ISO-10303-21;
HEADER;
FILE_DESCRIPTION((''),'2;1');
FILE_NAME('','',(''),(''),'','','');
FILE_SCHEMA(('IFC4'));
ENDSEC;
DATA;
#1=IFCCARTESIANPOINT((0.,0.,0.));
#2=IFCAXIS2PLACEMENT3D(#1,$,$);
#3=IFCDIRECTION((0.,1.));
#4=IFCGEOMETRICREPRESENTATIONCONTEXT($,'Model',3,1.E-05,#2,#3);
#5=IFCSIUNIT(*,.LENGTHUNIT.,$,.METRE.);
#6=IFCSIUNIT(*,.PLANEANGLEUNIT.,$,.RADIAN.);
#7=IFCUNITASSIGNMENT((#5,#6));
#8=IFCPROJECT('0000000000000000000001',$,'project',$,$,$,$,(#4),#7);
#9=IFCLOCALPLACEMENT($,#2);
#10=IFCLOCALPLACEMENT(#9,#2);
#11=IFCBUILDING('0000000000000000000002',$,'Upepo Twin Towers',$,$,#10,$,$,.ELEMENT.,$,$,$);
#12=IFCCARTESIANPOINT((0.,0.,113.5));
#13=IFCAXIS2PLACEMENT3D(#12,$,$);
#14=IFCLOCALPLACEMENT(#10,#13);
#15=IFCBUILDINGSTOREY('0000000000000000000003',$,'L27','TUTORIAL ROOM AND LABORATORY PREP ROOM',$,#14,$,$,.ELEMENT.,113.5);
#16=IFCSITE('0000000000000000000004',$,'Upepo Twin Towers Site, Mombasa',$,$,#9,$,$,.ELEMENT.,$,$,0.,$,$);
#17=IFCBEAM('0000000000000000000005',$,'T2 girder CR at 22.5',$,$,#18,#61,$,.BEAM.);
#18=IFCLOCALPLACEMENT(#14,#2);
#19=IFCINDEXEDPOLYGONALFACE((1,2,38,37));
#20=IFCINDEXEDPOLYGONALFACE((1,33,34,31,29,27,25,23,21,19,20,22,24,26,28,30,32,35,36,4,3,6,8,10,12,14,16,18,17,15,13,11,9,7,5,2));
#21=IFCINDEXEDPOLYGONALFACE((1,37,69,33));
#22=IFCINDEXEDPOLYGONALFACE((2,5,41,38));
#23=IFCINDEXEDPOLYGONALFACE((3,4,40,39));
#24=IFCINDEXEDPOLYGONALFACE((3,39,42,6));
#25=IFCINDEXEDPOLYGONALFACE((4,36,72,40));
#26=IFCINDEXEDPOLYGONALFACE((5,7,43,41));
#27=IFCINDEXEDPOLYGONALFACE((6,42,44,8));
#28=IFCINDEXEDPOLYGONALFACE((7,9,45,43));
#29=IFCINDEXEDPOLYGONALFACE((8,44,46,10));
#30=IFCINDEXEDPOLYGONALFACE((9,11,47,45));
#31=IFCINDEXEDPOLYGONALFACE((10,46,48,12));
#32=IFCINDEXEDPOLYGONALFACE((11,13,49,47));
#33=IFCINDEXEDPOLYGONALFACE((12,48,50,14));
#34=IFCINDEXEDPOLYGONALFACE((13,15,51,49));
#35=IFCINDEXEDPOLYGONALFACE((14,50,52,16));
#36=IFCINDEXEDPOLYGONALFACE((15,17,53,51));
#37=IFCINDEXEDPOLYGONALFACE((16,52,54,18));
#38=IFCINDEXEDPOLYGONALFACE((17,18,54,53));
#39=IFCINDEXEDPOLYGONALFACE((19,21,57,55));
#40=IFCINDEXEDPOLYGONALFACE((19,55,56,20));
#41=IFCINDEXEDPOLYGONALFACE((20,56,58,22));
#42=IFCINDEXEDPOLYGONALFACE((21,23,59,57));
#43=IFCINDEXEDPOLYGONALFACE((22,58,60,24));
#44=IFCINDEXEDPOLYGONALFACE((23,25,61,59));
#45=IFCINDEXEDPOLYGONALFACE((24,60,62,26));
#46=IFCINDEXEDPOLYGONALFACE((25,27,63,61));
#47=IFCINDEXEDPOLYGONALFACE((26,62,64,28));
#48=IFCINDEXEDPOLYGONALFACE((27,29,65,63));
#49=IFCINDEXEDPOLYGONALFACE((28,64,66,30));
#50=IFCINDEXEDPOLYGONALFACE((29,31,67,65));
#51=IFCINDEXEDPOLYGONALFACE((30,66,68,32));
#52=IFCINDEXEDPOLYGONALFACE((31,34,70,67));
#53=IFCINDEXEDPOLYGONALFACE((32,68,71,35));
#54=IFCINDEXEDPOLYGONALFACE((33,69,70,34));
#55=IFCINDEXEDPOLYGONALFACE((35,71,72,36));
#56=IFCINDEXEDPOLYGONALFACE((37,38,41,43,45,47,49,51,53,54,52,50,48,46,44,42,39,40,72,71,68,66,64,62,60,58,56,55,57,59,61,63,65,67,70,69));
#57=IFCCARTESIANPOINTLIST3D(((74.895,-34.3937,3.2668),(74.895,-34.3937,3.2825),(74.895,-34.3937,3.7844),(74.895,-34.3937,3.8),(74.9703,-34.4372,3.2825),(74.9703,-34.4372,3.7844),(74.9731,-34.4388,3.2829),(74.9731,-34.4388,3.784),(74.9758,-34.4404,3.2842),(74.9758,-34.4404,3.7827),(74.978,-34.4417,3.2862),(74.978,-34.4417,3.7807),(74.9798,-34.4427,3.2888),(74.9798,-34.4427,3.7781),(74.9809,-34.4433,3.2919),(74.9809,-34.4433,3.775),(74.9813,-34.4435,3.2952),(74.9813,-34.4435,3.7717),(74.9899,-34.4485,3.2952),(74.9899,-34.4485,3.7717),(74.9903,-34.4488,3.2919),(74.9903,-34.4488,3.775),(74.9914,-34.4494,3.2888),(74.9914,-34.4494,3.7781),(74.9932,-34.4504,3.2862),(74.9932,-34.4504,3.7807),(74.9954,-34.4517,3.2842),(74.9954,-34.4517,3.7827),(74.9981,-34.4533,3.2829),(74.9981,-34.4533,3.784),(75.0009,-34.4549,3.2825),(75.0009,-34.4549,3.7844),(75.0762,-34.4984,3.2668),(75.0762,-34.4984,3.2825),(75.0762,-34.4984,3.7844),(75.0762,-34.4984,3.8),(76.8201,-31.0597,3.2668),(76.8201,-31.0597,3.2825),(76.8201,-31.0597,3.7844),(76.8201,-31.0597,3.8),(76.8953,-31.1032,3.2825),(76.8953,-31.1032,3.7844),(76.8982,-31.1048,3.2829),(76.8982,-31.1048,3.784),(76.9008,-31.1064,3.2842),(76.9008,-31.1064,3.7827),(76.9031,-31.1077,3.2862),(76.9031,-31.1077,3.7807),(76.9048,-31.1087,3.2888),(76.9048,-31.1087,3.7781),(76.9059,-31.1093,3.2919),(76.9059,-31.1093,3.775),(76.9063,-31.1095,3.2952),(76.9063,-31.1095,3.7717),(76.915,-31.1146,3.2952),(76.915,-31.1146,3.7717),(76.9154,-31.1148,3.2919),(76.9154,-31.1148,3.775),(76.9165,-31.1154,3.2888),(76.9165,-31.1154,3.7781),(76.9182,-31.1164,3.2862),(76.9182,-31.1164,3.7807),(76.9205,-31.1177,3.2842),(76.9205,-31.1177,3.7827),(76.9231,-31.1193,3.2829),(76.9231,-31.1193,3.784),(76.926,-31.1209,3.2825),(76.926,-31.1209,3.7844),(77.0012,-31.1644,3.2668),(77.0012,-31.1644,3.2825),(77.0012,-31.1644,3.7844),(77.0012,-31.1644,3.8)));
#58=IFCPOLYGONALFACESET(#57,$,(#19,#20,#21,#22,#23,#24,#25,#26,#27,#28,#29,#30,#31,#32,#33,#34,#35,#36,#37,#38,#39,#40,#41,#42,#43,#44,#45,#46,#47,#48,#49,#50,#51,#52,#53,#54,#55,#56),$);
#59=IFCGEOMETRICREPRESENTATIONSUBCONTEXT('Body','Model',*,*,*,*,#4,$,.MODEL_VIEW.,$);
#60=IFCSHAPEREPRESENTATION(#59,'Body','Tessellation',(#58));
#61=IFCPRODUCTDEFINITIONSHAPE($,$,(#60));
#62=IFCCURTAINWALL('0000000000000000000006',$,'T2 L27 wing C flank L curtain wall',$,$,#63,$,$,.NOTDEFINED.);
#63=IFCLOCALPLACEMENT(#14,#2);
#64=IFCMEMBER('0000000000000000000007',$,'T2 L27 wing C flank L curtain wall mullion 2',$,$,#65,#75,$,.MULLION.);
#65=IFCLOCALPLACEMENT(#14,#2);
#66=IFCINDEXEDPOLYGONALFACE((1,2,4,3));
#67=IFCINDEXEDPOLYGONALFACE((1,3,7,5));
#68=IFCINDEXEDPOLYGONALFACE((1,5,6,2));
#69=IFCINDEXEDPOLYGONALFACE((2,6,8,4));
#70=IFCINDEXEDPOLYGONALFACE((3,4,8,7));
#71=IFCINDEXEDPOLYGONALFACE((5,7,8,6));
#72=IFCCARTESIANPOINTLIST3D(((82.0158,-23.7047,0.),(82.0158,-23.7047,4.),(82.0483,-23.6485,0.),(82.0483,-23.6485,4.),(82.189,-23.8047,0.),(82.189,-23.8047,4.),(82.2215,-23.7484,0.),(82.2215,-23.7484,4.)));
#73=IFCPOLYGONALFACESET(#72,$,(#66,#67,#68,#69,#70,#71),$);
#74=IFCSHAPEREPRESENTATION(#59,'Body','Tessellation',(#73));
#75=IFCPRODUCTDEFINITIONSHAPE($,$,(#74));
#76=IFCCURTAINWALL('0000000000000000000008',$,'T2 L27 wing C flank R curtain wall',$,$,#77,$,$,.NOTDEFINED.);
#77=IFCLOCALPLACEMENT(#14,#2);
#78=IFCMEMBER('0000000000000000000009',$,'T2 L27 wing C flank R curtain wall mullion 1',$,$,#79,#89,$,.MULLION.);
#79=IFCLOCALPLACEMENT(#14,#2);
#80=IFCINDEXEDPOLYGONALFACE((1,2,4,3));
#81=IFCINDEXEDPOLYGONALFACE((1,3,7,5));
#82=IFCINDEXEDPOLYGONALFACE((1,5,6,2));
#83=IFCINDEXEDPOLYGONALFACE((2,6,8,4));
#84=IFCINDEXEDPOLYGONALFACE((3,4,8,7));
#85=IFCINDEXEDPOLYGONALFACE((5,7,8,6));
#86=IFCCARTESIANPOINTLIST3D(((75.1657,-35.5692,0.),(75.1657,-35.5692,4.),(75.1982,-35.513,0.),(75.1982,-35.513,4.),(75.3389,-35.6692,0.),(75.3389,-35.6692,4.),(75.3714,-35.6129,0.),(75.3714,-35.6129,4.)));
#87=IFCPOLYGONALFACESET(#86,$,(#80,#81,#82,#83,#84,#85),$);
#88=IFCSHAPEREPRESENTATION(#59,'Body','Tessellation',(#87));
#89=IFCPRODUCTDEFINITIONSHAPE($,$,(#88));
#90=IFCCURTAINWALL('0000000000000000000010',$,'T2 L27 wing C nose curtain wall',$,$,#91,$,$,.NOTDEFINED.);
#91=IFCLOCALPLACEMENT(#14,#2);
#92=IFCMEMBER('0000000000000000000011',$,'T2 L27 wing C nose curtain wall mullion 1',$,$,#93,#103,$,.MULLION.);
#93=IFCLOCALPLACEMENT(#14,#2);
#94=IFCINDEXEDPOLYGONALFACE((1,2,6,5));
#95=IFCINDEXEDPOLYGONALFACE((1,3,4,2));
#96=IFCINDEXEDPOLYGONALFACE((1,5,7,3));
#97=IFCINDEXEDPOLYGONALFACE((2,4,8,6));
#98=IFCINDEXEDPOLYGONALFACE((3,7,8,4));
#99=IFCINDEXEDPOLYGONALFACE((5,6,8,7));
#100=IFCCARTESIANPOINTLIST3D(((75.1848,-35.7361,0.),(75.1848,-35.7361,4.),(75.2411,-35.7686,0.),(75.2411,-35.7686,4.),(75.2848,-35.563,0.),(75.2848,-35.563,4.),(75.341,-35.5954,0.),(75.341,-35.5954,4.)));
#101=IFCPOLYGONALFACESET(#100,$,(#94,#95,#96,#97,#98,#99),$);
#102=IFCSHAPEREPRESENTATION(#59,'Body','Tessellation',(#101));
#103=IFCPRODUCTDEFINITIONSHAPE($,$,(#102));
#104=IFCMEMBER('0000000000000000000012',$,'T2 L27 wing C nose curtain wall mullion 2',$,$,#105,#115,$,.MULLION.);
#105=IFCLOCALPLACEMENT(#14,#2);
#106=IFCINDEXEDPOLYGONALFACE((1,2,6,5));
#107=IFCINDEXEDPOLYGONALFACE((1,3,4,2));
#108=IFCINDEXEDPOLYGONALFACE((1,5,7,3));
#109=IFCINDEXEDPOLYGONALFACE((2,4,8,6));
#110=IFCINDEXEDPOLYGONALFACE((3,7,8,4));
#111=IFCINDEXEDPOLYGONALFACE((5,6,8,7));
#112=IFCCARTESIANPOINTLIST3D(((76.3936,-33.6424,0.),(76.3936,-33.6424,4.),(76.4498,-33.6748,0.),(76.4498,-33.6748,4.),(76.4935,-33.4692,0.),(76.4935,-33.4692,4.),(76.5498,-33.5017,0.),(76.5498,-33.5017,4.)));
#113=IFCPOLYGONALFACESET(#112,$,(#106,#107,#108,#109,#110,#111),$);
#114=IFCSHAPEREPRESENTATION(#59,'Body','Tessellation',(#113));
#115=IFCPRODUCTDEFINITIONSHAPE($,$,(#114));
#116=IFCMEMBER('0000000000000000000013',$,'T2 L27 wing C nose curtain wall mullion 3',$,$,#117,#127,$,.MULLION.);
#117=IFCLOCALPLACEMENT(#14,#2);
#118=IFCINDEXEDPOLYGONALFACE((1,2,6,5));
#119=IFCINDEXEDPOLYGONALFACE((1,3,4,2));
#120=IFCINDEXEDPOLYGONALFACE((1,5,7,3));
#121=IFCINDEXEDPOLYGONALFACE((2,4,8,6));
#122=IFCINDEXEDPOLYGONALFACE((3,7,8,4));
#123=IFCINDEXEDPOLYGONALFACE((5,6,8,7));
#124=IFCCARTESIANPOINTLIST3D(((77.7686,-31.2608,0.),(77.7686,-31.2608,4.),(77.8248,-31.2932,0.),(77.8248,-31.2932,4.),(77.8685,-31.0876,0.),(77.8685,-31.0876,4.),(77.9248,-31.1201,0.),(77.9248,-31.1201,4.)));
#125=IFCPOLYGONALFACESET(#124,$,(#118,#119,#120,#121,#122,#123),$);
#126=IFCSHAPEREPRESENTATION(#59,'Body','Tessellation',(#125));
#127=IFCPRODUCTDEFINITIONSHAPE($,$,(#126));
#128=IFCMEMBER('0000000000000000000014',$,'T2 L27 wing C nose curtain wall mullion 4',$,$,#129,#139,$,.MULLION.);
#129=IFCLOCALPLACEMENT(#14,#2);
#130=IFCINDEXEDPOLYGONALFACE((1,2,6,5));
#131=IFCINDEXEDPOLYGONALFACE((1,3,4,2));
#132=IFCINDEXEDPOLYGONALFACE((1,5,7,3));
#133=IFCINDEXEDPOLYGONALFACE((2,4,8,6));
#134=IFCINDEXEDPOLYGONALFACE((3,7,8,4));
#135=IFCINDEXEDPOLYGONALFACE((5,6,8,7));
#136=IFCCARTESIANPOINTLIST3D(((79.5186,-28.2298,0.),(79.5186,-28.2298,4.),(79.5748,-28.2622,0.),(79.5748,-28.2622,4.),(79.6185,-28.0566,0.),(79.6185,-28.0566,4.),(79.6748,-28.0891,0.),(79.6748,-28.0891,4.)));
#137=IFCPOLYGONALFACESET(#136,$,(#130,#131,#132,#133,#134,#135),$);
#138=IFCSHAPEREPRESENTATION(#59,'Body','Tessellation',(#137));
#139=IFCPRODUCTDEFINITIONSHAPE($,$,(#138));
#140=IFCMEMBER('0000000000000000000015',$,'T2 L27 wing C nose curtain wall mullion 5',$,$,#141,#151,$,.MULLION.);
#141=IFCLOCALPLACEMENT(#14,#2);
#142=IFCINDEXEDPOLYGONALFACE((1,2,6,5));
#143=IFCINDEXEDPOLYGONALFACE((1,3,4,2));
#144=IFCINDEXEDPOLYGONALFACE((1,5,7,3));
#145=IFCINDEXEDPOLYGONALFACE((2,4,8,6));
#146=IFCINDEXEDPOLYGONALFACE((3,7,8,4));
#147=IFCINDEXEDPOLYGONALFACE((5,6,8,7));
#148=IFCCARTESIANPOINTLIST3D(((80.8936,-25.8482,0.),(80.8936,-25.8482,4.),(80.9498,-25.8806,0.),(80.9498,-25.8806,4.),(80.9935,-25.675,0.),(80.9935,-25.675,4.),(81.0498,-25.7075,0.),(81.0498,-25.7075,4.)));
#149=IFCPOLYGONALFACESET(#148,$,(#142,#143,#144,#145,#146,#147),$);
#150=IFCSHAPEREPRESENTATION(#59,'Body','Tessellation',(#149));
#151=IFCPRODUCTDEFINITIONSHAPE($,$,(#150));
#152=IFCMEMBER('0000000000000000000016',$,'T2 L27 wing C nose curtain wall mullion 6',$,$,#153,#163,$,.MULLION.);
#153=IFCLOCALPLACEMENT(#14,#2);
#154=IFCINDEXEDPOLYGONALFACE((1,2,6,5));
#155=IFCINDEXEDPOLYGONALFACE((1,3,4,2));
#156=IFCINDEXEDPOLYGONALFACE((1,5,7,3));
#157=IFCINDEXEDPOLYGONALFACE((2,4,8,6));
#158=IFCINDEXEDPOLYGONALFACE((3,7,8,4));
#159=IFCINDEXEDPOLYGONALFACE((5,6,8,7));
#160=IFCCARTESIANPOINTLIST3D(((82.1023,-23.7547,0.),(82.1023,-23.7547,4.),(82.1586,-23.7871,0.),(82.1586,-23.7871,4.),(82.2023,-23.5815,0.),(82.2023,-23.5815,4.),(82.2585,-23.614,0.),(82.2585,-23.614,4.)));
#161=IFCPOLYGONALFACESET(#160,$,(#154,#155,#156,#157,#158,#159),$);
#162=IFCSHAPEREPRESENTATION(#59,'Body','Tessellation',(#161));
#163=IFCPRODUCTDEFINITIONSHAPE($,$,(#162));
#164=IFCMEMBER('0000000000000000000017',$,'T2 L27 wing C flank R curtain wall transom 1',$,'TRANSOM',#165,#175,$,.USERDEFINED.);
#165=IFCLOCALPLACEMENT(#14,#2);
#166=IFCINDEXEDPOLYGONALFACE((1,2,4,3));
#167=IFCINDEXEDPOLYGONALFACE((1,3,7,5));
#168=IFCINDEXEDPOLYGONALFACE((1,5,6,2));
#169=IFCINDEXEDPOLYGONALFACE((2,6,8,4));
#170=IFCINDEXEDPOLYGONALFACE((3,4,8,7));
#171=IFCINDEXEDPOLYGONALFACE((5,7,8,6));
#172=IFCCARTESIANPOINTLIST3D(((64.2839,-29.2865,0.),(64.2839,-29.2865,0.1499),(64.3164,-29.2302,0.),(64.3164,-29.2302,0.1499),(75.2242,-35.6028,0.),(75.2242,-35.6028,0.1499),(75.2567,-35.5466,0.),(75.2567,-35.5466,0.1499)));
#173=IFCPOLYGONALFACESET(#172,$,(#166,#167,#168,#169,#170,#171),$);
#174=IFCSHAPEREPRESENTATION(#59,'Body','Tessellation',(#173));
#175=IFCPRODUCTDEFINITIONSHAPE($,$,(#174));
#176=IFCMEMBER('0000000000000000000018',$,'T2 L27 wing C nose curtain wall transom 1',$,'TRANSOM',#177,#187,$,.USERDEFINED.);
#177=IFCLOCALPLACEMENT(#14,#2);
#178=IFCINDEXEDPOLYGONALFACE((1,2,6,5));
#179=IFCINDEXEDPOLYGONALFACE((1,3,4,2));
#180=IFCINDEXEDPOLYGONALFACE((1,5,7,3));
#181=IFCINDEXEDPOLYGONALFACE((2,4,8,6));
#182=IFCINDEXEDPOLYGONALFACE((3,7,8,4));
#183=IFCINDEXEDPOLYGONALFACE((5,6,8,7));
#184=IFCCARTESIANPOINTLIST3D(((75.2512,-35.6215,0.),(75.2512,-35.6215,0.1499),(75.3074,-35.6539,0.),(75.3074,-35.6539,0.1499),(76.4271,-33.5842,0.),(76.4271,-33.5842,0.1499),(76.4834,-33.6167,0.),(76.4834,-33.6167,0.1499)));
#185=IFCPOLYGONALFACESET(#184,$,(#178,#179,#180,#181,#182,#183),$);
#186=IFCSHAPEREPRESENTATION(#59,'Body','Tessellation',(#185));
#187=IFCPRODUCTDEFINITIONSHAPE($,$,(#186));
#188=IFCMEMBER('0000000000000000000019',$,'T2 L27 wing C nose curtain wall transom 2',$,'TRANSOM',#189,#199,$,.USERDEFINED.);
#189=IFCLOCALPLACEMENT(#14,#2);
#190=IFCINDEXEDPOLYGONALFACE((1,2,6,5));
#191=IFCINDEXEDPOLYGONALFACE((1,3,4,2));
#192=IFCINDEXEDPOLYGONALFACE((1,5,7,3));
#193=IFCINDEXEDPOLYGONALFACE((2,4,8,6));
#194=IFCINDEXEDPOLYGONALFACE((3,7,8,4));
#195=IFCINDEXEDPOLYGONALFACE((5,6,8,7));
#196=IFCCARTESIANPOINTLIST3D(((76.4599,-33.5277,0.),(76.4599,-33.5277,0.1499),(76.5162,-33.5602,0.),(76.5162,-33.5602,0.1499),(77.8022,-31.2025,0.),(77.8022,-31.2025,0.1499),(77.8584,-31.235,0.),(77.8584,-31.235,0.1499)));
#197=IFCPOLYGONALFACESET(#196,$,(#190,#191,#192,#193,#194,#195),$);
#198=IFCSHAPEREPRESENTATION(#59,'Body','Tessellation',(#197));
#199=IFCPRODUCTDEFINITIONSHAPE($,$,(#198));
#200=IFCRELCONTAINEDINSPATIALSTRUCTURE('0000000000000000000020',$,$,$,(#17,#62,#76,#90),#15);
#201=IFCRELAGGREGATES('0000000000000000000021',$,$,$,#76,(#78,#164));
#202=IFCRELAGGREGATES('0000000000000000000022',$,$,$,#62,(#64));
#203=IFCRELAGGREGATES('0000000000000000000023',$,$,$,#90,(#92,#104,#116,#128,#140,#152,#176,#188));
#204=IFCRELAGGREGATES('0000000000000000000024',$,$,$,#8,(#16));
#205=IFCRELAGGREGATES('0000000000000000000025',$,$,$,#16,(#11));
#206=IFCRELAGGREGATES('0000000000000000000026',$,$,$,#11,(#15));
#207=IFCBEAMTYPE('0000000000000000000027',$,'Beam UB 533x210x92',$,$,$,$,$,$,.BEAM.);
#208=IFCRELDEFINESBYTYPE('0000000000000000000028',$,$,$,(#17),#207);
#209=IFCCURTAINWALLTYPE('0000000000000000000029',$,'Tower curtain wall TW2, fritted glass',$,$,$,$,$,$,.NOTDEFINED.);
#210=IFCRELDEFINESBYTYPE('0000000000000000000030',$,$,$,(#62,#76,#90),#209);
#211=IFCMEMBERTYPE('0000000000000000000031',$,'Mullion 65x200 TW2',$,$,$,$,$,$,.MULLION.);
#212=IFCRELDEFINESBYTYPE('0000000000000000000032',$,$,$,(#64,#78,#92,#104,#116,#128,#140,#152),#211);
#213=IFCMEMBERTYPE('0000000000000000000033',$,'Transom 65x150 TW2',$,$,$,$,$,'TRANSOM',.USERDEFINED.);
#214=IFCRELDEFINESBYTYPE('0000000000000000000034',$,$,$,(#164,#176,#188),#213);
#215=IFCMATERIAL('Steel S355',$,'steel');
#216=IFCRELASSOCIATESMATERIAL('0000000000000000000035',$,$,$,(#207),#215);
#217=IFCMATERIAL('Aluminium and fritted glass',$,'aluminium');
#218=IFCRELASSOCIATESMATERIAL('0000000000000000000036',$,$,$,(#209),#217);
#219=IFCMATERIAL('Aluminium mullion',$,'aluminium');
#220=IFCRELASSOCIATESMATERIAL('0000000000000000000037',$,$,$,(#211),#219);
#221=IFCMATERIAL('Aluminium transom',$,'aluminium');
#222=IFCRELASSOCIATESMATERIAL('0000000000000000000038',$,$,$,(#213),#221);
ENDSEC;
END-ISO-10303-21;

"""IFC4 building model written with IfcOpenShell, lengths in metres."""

from ifc_helpers import new_model, si_unit, direction, frame, origin, origin_2d, place, context, subcontext, project, spatial, rectangle, i_section, extrude, material, material_profile, profile_set, type_object, element, aggregate, save


model = new_model("IFC4")

# Units and contexts
model_context = context("Model", 3, precision=1e-05, world=origin(), true_north=direction((0.0, 1.0)))
body_context = subcontext(model_context, "Body", "Model", "MODEL_VIEW")
ifc_project = project(units=[si_unit("LENGTHUNIT", "METRE"), si_unit("PLANEANGLEUNIT", "RADIAN")], contexts=[model_context])

# Site, building, storey
site_placement = place(None, origin())
site = spatial("IfcSite", under=ifc_project, at=site_placement, Name="Upepo Twin Towers Site, Mombasa", CompositionType="ELEMENT", RefElevation=0.0)
building_placement = place(site_placement, origin())
building = spatial("IfcBuilding", under=site, at=building_placement, Name="Upepo Twin Towers", CompositionType="ELEMENT")
storey_placement = place(building_placement, frame((0.0, 0.0, 113.5)))
storey = spatial("IfcBuildingStorey", under=building, at=storey_placement, Name="L27", Description="TUTORIAL ROOM AND LABORATORY PREP ROOM", CompositionType="ELEMENT", Elevation=113.5)

# Beam
ifc_material_1 = material(Name="Steel S355", Category="steel")
ifc_material_profile_1 = material_profile(ifc_material_1, i_section(OverallWidth=0.2092, OverallDepth=0.5332, WebThickness=0.01, FlangeThickness=0.0156, FilletRadius=0.0127, at=origin_2d()), Name="UB 533x210x92")
ifc_profile_set_1 = profile_set([ifc_material_profile_1], Name="Steel S355")
beam_type_1 = type_object("IfcBeamType", Name="Beam UB 533x210x92", PredefinedType="BEAM", material=ifc_profile_set_1)
for number, where, z_axis, x_axis, name in (
    (1, (74.9856, -34.446, 3.5334), (0.500034, 0.866006, 0.0), (-0.866006, 0.500034, 0.0), "T2 girder CR at 22.5"),
):
    element("IfcBeam", number, at=place(storey_placement, frame(where, z_axis=z_axis, x_axis=x_axis)), inside=storey, type_object=beam_type_1, Name=name, PredefinedType="BEAM", context=body_context, shape_type="SweptSolid", body=[
        extrude(i_section(OverallWidth=0.2092, OverallDepth=0.5332, WebThickness=0.01, FlangeThickness=0.0156, FilletRadius=0.0127, at=origin_2d()), origin(), (0.0, 0.0, 1.0), 3.8499),
    ])

# Curtain walls, members
ifc_material_2 = material(Name="Aluminium and fritted glass", Category="aluminium")
curtain_wall_type = type_object("IfcCurtainWallType", Name="Tower curtain wall TW2, fritted glass", PredefinedType="NOTDEFINED", material=ifc_material_2)
curtain_wall_1_placement = place(storey_placement, origin())
curtain_wall_1 = element("IfcCurtainWall", 2, at=curtain_wall_1_placement, inside=storey, type_object=curtain_wall_type, Name="T2 L27 wing C flank L curtain wall", PredefinedType="NOTDEFINED")
ifc_material_3 = material(Name="Aluminium mullion", Category="aluminium")
ifc_material_profile_2 = material_profile(ifc_material_3, rectangle(XDim=0.0649, YDim=0.2, at=origin_2d()), Name="MULLION 65x200")
ifc_profile_set_2 = profile_set([ifc_material_profile_2], Name="Aluminium mullion")
member_type_1 = type_object("IfcMemberType", Name="Mullion 65x200 TW2", PredefinedType="MULLION", material=ifc_profile_set_2)
member_1_placement = place(storey_placement, frame((82.1187, -23.7266, 0.0), z_axis=(0.0, 0.0, 1.0), x_axis=(0.5, 0.866025, 0.0)))
member_1 = element("IfcMember", 3, at=member_1_placement, type_object=member_type_1, Name="T2 L27 wing C flank L curtain wall mullion 2", PredefinedType="MULLION", context=body_context, shape_type="SweptSolid", body=[
    extrude(rectangle(XDim=0.0649, YDim=0.2, at=origin_2d()), origin(), (0.0, 0.0, 1.0), 4.0),
])
curtain_wall_2_placement = place(storey_placement, origin())
curtain_wall_2 = element("IfcCurtainWall", 4, at=curtain_wall_2_placement, inside=storey, type_object=curtain_wall_type, Name="T2 L27 wing C flank R curtain wall", PredefinedType="NOTDEFINED")
member_2_placement = place(storey_placement, frame((75.2686, -35.5911, 0.0), z_axis=(0.0, 0.0, 1.0), x_axis=(-0.5, -0.866025, 0.0)))
member_2 = element("IfcMember", 5, at=member_2_placement, type_object=member_type_1, Name="T2 L27 wing C flank R curtain wall mullion 1", PredefinedType="MULLION", context=body_context, shape_type="SweptSolid", body=[
    extrude(rectangle(XDim=0.0649, YDim=0.2, at=origin_2d()), origin(), (0.0, 0.0, 1.0), 4.0),
])

# Curtain wall, members
curtain_wall_3_placement = place(storey_placement, origin())
curtain_wall_3 = element("IfcCurtainWall", 6, at=curtain_wall_3_placement, inside=storey, type_object=curtain_wall_type, Name="T2 L27 wing C nose curtain wall", PredefinedType="NOTDEFINED")
member_3_placement = place(storey_placement, frame((75.2629, -35.6658, 0.0), z_axis=(0.0, 0.0, 1.0), x_axis=(-0.866025, 0.5, 0.0)))
member_3 = element("IfcMember", 7, at=member_3_placement, type_object=member_type_1, Name="T2 L27 wing C nose curtain wall mullion 1", PredefinedType="MULLION", context=body_context, shape_type="SweptSolid", body=[
    extrude(rectangle(XDim=0.0649, YDim=0.2, at=origin_2d()), origin(), (0.0, 0.0, 1.0), 4.0),
])
member_4_placement = place(storey_placement, frame((76.4717, -33.572, 0.0), z_axis=(0.0, 0.0, 1.0), x_axis=(-0.866025, 0.5, 0.0)))
member_4 = element("IfcMember", 8, at=member_4_placement, type_object=member_type_1, Name="T2 L27 wing C nose curtain wall mullion 2", PredefinedType="MULLION", context=body_context, shape_type="SweptSolid", body=[
    extrude(rectangle(XDim=0.0649, YDim=0.2, at=origin_2d()), origin(), (0.0, 0.0, 1.0), 4.0),
])
member_5_placement = place(storey_placement, frame((77.8467, -31.1904, 0.0), z_axis=(0.0, 0.0, 1.0), x_axis=(-0.866025, 0.5, 0.0)))
member_5 = element("IfcMember", 9, at=member_5_placement, type_object=member_type_1, Name="T2 L27 wing C nose curtain wall mullion 3", PredefinedType="MULLION", context=body_context, shape_type="SweptSolid", body=[
    extrude(rectangle(XDim=0.0649, YDim=0.2, at=origin_2d()), origin(), (0.0, 0.0, 1.0), 4.0),
])
member_6_placement = place(storey_placement, frame((79.5967, -28.1594, 0.0), z_axis=(0.0, 0.0, 1.0), x_axis=(-0.866025, 0.5, 0.0)))
member_6 = element("IfcMember", 10, at=member_6_placement, type_object=member_type_1, Name="T2 L27 wing C nose curtain wall mullion 4", PredefinedType="MULLION", context=body_context, shape_type="SweptSolid", body=[
    extrude(rectangle(XDim=0.0649, YDim=0.2, at=origin_2d()), origin(), (0.0, 0.0, 1.0), 4.0),
])
member_7_placement = place(storey_placement, frame((80.9717, -25.7778, 0.0), z_axis=(0.0, 0.0, 1.0), x_axis=(-0.866025, 0.5, 0.0)))
member_7 = element("IfcMember", 11, at=member_7_placement, type_object=member_type_1, Name="T2 L27 wing C nose curtain wall mullion 5", PredefinedType="MULLION", context=body_context, shape_type="SweptSolid", body=[
    extrude(rectangle(XDim=0.0649, YDim=0.2, at=origin_2d()), origin(), (0.0, 0.0, 1.0), 4.0),
])
member_8_placement = place(storey_placement, frame((82.1804, -23.6843, 0.0), z_axis=(0.0, 0.0, 1.0), x_axis=(-0.866025, 0.5, 0.0)))
member_8 = element("IfcMember", 12, at=member_8_placement, type_object=member_type_1, Name="T2 L27 wing C nose curtain wall mullion 6", PredefinedType="MULLION", context=body_context, shape_type="SweptSolid", body=[
    extrude(rectangle(XDim=0.0649, YDim=0.2, at=origin_2d()), origin(), (0.0, 0.0, 1.0), 4.0),
])

# Members
ifc_material_4 = material(Name="Aluminium transom", Category="aluminium")
ifc_material_profile_3 = material_profile(ifc_material_4, rectangle(XDim=0.0649, YDim=0.1499, at=origin_2d()), Name="TRANSOM 65x150")
ifc_profile_set_3 = profile_set([ifc_material_profile_3], Name="Aluminium transom")
member_type_2 = type_object("IfcMemberType", Name="Transom 65x150 TW2", ElementType="TRANSOM", PredefinedType="USERDEFINED", material=ifc_profile_set_3)
member_9_placement = place(storey_placement, frame((75.2405, -35.5747, 0.075), z_axis=(-0.866027, 0.499997, 0.0), x_axis=(-0.499997, -0.866027, 0.0)))
member_9 = element("IfcMember", 13, at=member_9_placement, type_object=member_type_2, Name="T2 L27 wing C flank R curtain wall transom 1", ObjectType="TRANSOM", PredefinedType="USERDEFINED", context=body_context, shape_type="SweptSolid", body=[
    extrude(rectangle(XDim=0.0649, YDim=0.1499, at=origin_2d()), origin(), (0.0, 0.0, 1.0), 12.6328),
])
aggregate(curtain_wall_2, [member_2, member_9])
member_10_placement = place(storey_placement, frame((75.2793, -35.6377, 0.075), z_axis=(0.499923, 0.86607, 0.0), x_axis=(-0.86607, 0.499923, 0.0)))
member_10 = element("IfcMember", 14, at=member_10_placement, type_object=member_type_2, Name="T2 L27 wing C nose curtain wall transom 1", ObjectType="TRANSOM", PredefinedType="USERDEFINED", context=body_context, shape_type="SweptSolid", body=[
    extrude(rectangle(XDim=0.0649, YDim=0.1499, at=origin_2d()), origin(), (0.0, 0.0, 1.0), 2.3523),
])
member_11_placement = place(storey_placement, frame((76.488, -33.5439, 0.075), z_axis=(0.499953, 0.866052, 0.0), x_axis=(-0.866052, 0.499953, 0.0)))
member_11 = element("IfcMember", 15, at=member_11_placement, type_object=member_type_2, Name="T2 L27 wing C nose curtain wall transom 2", ObjectType="TRANSOM", PredefinedType="USERDEFINED", context=body_context, shape_type="SweptSolid", body=[
    extrude(rectangle(XDim=0.0649, YDim=0.1499, at=origin_2d()), origin(), (0.0, 0.0, 1.0), 2.6848),
])

aggregate(curtain_wall_1, [member_1])
aggregate(curtain_wall_3, [member_3, member_4, member_5, member_6, member_7, member_8, member_10, member_11])

save(model, "model.ifc")
